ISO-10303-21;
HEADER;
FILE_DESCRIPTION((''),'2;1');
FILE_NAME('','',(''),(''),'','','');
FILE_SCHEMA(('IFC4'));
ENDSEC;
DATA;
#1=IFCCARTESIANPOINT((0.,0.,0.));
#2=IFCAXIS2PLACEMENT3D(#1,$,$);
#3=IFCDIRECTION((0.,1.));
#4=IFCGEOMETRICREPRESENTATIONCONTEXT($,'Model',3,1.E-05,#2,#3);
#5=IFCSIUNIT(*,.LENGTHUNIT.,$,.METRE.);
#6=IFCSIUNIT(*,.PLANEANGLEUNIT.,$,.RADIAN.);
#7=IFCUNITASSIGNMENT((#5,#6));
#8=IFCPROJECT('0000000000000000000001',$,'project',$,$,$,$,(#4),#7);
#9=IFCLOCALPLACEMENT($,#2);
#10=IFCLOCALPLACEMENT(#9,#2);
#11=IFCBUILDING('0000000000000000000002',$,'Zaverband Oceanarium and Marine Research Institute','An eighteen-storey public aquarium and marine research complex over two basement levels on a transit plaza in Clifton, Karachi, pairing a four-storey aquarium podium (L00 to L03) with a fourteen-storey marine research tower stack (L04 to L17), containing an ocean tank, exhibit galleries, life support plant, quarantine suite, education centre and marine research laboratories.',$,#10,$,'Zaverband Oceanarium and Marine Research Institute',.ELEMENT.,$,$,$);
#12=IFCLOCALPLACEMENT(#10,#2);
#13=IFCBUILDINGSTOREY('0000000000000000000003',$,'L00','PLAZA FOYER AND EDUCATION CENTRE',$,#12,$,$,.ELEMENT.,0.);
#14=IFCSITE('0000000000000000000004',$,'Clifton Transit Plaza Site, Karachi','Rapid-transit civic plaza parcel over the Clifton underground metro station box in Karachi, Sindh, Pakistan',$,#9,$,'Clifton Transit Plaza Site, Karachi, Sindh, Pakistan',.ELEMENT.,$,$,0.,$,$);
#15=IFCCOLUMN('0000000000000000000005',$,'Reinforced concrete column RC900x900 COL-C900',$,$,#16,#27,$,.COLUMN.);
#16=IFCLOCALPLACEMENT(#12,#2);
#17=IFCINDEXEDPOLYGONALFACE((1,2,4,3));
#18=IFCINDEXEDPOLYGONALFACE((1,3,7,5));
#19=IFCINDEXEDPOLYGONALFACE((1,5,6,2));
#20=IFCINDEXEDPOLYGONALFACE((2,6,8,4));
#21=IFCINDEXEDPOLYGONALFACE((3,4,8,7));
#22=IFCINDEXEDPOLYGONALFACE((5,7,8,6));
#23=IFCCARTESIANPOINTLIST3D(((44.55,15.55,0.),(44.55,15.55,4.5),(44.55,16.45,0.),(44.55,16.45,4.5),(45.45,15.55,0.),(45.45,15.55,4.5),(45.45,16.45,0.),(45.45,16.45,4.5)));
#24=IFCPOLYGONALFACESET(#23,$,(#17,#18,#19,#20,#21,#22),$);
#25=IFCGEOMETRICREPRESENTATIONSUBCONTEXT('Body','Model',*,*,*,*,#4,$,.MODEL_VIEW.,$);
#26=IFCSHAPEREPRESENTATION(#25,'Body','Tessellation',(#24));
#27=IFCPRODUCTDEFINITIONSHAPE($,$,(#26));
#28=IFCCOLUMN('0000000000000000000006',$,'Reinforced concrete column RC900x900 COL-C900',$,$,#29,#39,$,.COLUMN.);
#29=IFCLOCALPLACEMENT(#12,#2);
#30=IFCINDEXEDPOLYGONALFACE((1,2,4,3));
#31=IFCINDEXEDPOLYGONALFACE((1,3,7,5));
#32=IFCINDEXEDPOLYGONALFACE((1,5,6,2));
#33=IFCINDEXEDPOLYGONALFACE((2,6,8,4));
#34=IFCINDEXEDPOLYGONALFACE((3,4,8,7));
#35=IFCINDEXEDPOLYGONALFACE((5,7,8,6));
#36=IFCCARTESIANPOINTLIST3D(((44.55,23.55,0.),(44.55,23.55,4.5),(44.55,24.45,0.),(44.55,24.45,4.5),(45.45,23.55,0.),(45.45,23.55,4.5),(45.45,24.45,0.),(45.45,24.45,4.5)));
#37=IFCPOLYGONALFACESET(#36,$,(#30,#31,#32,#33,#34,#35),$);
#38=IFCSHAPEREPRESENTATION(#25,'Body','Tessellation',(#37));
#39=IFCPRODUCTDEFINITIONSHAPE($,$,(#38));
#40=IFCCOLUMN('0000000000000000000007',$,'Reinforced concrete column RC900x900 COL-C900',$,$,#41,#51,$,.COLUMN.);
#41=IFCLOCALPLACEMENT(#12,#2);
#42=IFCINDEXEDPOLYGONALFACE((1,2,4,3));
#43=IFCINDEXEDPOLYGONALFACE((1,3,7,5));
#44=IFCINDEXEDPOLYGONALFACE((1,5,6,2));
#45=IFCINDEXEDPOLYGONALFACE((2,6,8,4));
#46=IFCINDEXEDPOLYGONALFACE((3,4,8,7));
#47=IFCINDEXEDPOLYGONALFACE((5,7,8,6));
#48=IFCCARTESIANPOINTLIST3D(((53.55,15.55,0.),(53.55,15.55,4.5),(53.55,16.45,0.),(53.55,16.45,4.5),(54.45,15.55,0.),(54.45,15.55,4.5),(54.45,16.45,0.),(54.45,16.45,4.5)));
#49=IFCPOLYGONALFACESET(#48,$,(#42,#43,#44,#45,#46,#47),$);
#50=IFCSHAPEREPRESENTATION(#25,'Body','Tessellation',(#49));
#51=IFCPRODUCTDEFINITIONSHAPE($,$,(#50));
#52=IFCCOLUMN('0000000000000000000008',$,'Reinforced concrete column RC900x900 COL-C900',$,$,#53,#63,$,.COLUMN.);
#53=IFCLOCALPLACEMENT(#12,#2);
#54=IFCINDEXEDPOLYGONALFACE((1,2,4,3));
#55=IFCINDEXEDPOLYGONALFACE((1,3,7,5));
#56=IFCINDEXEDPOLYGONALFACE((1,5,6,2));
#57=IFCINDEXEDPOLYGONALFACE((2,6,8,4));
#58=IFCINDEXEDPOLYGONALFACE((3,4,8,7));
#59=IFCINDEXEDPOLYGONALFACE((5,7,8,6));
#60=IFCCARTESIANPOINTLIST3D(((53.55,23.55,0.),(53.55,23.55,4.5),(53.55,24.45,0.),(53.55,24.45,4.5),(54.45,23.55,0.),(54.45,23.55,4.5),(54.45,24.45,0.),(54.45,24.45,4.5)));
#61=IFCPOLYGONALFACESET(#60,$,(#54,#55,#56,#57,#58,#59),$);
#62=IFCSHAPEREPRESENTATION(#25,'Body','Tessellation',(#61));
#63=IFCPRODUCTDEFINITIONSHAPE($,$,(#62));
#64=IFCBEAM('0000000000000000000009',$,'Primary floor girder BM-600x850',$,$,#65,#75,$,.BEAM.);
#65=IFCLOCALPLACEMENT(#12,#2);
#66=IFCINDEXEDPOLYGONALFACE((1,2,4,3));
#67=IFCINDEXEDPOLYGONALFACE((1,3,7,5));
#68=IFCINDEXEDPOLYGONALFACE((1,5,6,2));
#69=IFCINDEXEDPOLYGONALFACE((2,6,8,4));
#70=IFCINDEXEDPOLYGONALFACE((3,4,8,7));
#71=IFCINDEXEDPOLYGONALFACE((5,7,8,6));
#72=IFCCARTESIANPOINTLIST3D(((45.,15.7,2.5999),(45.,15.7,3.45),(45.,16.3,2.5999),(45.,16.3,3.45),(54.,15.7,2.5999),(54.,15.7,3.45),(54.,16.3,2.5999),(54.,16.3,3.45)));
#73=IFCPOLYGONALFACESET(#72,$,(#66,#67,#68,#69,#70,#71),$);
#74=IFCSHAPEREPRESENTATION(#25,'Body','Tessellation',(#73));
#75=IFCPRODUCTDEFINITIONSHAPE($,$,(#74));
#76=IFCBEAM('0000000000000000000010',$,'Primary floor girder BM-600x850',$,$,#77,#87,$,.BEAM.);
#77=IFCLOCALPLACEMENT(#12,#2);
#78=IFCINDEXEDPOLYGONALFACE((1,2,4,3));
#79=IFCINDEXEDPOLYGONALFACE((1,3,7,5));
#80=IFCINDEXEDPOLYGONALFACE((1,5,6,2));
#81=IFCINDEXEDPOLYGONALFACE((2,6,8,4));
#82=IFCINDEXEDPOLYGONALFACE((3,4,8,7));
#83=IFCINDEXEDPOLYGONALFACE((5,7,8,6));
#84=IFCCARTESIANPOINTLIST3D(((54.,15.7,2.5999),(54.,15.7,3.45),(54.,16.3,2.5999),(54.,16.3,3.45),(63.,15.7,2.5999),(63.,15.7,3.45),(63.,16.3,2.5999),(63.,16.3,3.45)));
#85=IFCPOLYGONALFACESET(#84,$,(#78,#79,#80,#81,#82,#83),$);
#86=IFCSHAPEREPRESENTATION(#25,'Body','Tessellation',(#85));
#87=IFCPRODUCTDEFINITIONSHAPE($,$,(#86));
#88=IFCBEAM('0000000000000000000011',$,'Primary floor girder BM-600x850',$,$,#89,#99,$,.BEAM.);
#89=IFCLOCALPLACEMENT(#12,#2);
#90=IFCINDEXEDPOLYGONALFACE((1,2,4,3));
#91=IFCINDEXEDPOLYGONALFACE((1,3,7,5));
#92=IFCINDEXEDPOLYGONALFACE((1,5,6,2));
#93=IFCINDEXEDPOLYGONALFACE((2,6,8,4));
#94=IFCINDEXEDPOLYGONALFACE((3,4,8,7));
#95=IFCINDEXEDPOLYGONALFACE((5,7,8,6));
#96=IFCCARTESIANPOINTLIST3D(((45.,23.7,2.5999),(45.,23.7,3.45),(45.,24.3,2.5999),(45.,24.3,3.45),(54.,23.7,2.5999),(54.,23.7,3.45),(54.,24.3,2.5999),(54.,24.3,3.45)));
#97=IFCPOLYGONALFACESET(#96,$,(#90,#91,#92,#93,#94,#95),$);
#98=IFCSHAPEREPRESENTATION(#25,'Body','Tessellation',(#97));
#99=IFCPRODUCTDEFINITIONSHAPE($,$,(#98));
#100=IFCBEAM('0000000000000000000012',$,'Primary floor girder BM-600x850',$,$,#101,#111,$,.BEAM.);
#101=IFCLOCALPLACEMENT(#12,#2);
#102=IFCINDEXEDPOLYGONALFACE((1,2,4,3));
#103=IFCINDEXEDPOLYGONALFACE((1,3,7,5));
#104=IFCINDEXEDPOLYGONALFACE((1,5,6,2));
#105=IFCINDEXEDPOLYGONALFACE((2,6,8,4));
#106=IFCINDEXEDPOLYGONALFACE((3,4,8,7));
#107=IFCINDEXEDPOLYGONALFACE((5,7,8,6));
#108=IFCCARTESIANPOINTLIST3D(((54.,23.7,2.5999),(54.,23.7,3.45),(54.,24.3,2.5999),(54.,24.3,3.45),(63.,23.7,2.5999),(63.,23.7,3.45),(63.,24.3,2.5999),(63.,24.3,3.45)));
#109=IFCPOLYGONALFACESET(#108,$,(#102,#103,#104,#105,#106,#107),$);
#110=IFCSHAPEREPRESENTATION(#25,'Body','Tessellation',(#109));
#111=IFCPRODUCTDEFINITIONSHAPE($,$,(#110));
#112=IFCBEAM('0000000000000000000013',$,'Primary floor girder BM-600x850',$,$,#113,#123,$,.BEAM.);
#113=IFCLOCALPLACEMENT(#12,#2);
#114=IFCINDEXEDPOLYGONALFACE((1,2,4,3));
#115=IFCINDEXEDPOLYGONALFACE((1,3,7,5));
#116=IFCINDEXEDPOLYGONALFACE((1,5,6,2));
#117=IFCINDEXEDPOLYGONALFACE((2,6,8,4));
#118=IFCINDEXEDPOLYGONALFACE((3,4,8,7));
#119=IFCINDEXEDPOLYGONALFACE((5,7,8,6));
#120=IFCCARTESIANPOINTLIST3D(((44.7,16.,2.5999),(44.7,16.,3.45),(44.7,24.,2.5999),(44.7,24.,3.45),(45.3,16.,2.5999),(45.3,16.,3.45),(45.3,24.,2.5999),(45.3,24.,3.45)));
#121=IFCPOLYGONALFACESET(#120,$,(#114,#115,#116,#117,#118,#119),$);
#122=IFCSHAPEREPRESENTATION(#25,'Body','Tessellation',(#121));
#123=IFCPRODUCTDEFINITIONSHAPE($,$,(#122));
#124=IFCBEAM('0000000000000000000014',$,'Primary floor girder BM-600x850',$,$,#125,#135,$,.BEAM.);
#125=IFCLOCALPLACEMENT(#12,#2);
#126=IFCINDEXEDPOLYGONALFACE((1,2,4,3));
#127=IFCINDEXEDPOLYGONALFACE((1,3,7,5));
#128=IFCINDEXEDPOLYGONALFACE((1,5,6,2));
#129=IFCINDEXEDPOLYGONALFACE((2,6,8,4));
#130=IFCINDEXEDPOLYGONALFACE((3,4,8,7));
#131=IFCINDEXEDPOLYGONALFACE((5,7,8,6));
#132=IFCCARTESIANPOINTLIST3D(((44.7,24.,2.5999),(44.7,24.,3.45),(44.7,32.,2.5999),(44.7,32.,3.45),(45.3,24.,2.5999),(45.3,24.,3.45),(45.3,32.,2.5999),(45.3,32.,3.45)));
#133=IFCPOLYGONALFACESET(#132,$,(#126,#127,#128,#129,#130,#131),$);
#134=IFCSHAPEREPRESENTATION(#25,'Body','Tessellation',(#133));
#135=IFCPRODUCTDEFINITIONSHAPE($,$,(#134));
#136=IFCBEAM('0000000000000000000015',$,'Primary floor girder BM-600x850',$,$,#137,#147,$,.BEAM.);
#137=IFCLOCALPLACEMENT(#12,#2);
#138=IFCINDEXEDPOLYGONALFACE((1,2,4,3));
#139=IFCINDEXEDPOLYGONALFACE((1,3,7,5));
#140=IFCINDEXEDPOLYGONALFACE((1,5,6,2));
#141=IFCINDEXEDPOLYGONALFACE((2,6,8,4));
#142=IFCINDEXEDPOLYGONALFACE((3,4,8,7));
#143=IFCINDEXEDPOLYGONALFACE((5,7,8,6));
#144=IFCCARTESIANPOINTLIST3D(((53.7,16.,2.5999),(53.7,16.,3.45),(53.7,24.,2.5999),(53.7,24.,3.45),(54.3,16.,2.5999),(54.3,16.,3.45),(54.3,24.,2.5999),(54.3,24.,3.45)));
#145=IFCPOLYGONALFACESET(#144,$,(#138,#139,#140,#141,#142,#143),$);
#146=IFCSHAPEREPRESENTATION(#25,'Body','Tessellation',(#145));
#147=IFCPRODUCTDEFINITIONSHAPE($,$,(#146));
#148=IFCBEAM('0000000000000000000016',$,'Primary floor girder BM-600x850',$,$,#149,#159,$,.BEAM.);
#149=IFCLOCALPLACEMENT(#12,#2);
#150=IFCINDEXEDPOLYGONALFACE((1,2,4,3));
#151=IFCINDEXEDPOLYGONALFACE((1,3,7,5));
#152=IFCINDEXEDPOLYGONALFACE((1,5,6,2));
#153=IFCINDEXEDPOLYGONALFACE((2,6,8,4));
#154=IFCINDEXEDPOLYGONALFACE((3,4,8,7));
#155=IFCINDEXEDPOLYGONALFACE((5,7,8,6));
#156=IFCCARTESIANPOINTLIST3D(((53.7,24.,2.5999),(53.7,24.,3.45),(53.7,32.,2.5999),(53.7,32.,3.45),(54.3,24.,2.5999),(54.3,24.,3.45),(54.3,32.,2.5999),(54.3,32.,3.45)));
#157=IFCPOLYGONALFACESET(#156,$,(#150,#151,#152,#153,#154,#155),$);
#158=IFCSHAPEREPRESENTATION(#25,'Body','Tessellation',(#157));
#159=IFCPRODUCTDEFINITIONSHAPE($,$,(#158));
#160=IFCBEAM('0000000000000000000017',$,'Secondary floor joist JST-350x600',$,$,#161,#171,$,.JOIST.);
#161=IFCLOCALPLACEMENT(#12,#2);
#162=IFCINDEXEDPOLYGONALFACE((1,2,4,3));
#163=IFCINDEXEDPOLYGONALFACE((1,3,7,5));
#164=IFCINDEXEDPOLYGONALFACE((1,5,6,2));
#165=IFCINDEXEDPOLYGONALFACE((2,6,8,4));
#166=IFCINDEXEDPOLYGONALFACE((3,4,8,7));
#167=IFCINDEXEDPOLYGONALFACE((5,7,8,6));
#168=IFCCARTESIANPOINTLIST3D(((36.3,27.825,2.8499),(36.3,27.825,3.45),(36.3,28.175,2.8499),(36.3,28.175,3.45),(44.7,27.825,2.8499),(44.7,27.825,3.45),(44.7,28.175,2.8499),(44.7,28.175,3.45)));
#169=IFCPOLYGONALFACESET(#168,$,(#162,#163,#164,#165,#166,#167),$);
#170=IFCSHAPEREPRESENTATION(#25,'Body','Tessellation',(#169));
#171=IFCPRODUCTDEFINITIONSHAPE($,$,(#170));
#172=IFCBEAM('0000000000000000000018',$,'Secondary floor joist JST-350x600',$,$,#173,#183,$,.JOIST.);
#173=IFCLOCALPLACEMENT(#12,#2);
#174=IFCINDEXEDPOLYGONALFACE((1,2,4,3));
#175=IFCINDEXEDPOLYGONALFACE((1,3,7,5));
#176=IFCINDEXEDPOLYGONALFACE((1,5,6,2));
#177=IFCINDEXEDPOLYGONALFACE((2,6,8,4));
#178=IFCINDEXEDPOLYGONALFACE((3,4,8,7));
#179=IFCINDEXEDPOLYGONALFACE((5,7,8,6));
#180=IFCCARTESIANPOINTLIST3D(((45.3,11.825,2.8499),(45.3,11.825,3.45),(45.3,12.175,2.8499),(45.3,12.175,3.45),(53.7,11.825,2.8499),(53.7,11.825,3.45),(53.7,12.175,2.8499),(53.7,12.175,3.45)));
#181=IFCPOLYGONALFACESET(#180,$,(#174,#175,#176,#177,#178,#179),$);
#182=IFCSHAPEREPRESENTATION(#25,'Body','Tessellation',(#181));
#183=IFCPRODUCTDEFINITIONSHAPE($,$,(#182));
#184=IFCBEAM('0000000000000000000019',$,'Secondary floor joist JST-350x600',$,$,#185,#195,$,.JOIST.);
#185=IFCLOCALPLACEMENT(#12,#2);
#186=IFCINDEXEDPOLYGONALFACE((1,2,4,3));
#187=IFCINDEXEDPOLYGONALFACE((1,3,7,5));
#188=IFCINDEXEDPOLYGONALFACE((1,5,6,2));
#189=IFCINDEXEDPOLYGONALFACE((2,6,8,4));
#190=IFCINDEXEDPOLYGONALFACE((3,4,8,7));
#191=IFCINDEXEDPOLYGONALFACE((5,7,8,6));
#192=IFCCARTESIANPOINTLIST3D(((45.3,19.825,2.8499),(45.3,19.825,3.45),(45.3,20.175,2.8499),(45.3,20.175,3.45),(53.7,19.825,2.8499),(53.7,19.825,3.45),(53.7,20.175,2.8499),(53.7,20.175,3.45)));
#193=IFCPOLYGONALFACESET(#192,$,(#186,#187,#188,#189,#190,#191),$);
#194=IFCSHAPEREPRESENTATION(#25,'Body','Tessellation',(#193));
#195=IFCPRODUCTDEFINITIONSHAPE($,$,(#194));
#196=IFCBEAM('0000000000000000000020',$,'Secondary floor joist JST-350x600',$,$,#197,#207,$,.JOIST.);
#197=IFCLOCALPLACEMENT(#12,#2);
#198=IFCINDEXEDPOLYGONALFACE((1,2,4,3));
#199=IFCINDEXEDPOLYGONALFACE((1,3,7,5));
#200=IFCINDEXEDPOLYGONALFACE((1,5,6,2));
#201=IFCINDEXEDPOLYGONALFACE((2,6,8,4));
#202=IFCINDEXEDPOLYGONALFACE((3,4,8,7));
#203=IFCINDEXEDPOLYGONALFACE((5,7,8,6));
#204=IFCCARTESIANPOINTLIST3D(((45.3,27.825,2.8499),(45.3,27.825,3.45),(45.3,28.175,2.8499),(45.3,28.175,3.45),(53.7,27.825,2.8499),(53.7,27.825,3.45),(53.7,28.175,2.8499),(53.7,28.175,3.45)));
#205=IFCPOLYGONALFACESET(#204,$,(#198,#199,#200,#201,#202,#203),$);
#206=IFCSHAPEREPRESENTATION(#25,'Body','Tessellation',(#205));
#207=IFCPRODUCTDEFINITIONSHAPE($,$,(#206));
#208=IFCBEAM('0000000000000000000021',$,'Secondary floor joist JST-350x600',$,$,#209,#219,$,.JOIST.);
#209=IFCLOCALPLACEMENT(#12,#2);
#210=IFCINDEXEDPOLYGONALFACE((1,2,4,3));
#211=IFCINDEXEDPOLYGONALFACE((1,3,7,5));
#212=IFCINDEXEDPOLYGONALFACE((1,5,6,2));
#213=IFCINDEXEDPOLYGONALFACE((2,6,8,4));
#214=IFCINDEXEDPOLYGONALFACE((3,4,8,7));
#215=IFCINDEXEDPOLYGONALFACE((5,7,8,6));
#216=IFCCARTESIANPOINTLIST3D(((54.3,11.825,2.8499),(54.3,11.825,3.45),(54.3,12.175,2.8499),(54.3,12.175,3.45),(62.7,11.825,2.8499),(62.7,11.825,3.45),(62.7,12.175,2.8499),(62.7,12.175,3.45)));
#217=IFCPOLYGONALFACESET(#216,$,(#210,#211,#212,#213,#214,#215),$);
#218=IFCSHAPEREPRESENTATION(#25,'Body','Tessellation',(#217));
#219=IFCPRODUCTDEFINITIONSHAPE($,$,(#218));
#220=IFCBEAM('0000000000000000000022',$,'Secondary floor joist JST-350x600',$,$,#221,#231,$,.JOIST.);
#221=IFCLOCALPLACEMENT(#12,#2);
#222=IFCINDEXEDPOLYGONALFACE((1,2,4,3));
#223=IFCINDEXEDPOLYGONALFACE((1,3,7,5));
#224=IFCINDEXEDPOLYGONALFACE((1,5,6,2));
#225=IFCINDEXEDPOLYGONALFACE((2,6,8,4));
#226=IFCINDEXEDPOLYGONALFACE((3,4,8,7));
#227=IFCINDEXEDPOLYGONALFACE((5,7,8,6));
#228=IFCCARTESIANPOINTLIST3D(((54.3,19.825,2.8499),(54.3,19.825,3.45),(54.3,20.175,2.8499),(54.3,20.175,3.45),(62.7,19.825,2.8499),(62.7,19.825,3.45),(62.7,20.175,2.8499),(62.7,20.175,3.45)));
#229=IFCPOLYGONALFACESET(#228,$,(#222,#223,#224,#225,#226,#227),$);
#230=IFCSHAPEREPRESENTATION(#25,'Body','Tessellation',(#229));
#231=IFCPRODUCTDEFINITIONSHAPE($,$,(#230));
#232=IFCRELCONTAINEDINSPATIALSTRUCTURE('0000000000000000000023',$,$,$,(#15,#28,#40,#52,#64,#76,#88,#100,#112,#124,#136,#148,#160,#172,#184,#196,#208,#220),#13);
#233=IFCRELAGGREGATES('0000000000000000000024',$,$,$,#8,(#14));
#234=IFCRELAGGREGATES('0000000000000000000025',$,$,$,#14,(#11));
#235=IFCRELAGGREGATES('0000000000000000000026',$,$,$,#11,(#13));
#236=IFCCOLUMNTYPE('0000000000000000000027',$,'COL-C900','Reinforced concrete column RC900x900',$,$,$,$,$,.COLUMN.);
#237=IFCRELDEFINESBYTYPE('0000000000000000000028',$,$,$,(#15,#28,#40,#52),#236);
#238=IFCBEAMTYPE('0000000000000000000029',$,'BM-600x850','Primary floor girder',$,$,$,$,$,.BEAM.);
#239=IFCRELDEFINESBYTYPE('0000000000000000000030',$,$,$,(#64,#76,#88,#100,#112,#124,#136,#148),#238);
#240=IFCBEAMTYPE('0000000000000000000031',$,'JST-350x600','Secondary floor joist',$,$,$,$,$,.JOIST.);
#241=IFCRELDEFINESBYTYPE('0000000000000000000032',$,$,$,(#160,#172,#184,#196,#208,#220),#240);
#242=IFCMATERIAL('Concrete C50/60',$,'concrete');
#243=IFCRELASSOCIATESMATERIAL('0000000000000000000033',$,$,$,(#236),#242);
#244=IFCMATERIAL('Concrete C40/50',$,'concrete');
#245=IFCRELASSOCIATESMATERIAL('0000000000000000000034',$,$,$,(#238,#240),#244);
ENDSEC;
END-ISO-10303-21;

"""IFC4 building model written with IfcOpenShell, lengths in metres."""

from ifc_helpers import new_model, si_unit, direction, frame, origin, origin_2d, place, context, subcontext, project, spatial, rectangle, extrude, material, material_profile, profile_set, type_object, element, save


model = new_model("IFC4")

# Units and contexts
model_context = context("Model", 3, precision=1e-05, world=origin(), true_north=direction((0.0, 1.0)))
body_context = subcontext(model_context, "Body", "Model", "MODEL_VIEW")
ifc_project = project(units=[si_unit("LENGTHUNIT", "METRE"), si_unit("PLANEANGLEUNIT", "RADIAN")], contexts=[model_context])

# Site, building, storey
site_placement = place(None, origin())
site = spatial("IfcSite", under=ifc_project, at=site_placement, Name="Clifton Transit Plaza Site, Karachi", Description="Rapid-transit civic plaza parcel over the Clifton underground metro station box in Karachi, Sindh, Pakistan", LongName="Clifton Transit Plaza Site, Karachi, Sindh, Pakistan", CompositionType="ELEMENT", RefElevation=0.0)
building_placement = place(site_placement, origin())
building = spatial("IfcBuilding", under=site, at=building_placement, Name="Zaverband Oceanarium and Marine Research Institute", Description="An eighteen-storey public aquarium and marine research complex over two basement levels on a transit plaza in Clifton, Karachi, pairing a four-storey aquarium podium (L00 to L03) with a fourteen-storey marine research tower stack (L04 to L17), containing an ocean tank, exhibit galleries, life support plant, quarantine suite, education centre and marine research laboratories.", LongName="Zaverband Oceanarium and Marine Research Institute", CompositionType="ELEMENT")
storey_placement = place(building_placement, origin())
storey = spatial("IfcBuildingStorey", under=building, at=storey_placement, Name="L00", Description="PLAZA FOYER AND EDUCATION CENTRE", CompositionType="ELEMENT", Elevation=0.0)

# Columns
ifc_material_1 = material(Name="Concrete C50/60", Category="concrete")
ifc_material_profile_1 = material_profile(ifc_material_1, rectangle(XDim=0.8999, YDim=0.8999, at=origin_2d()), Name="RC900x900")
ifc_profile_set_1 = profile_set([ifc_material_profile_1], Name="Concrete C50/60")
column_type = type_object("IfcColumnType", Name="COL-C900", Description="Reinforced concrete column RC900x900", PredefinedType="COLUMN", material=ifc_profile_set_1)
for number, where, z_axis, x_axis, name in (
    (1, (45.0, 16.0, 0.0), (0.0, 0.0, 1.0), (1.0, 0.0, 0.0), "Reinforced concrete column RC900x900 COL-C900"),
    (2, (45.0, 24.0, 0.0), (0.0, 0.0, 1.0), (1.0, 0.0, 0.0), "Reinforced concrete column RC900x900 COL-C900"),
    (3, (54.0, 16.0, 0.0), (0.0, 0.0, 1.0), (1.0, 0.0, 0.0), "Reinforced concrete column RC900x900 COL-C900"),
    (4, (54.0, 24.0, 0.0), (0.0, 0.0, 1.0), (1.0, 0.0, 0.0), "Reinforced concrete column RC900x900 COL-C900"),
):
    element("IfcColumn", number, at=place(storey_placement, frame(where, z_axis=z_axis, x_axis=x_axis)), inside=storey, type_object=column_type, Name=name, PredefinedType="COLUMN", context=body_context, shape_type="SweptSolid", body=[
        extrude(rectangle(XDim=0.8999, YDim=0.8999, at=origin_2d()), origin(), (0.0, 0.0, 1.0), 4.5),
    ])

# Beams
ifc_material_2 = material(Name="Concrete C40/50", Category="concrete")
ifc_material_profile_2 = material_profile(ifc_material_2, rectangle(XDim=0.6001, YDim=0.8501, at=origin_2d()), Name="RC600x850")
ifc_profile_set_2 = profile_set([ifc_material_profile_2], Name="Concrete C40/50")
beam_type_1 = type_object("IfcBeamType", Name="BM-600x850", Description="Primary floor girder", PredefinedType="BEAM", material=ifc_profile_set_2)
for number, where, z_axis, x_axis, name in (
    (5, (45.0, 16.0, 3.0249), (1.0, 0.0, 0.0), (0.0, 1.0, 0.0), "Primary floor girder BM-600x850"),
    (6, (54.0, 16.0, 3.0249), (1.0, 0.0, 0.0), (0.0, 1.0, 0.0), "Primary floor girder BM-600x850"),
    (7, (45.0, 24.0, 3.0249), (1.0, 0.0, 0.0), (0.0, 1.0, 0.0), "Primary floor girder BM-600x850"),
    (8, (54.0, 24.0, 3.0249), (1.0, 0.0, 0.0), (0.0, 1.0, 0.0), "Primary floor girder BM-600x850"),
):
    element("IfcBeam", number, at=place(storey_placement, frame(where, z_axis=z_axis, x_axis=x_axis)), inside=storey, type_object=beam_type_1, Name=name, PredefinedType="BEAM", context=body_context, shape_type="SweptSolid", body=[
        extrude(rectangle(XDim=0.6001, YDim=0.8501, at=origin_2d()), origin(), (0.0, 0.0, 1.0), 9.0),
    ])
for number, where, z_axis, x_axis, name in (
    (9, (45.0, 16.0, 3.0249), (0.0, 1.0, 0.0), (-1.0, 0.0, 0.0), "Primary floor girder BM-600x850"),
    (10, (45.0, 24.0, 3.0249), (0.0, 1.0, 0.0), (-1.0, 0.0, 0.0), "Primary floor girder BM-600x850"),
    (11, (54.0, 16.0, 3.0249), (0.0, 1.0, 0.0), (-1.0, 0.0, 0.0), "Primary floor girder BM-600x850"),
    (12, (54.0, 24.0, 3.0249), (0.0, 1.0, 0.0), (-1.0, 0.0, 0.0), "Primary floor girder BM-600x850"),
):
    element("IfcBeam", number, at=place(storey_placement, frame(where, z_axis=z_axis, x_axis=x_axis)), inside=storey, type_object=beam_type_1, Name=name, PredefinedType="BEAM", context=body_context, shape_type="SweptSolid", body=[
        extrude(rectangle(XDim=0.6001, YDim=0.8501, at=origin_2d()), origin(), (0.0, 0.0, 1.0), 8.0),
    ])
ifc_material_profile_3 = material_profile(ifc_material_2, rectangle(XDim=0.3501, YDim=0.6001, at=origin_2d()), Name="RC350x600")
ifc_profile_set_3 = profile_set([ifc_material_profile_3], Name="Concrete C40/50")
beam_type_2 = type_object("IfcBeamType", Name="JST-350x600", Description="Secondary floor joist", PredefinedType="JOIST", material=ifc_profile_set_3)
for number, where, z_axis, x_axis, name in (
    (13, (36.3, 28.0, 3.1499), (1.0, 0.0, 0.0), (0.0, 1.0, 0.0), "Secondary floor joist JST-350x600"),
    (14, (45.3, 12.0, 3.1499), (1.0, 0.0, 0.0), (0.0, 1.0, 0.0), "Secondary floor joist JST-350x600"),
    (15, (45.3, 20.0, 3.1499), (1.0, 0.0, 0.0), (0.0, 1.0, 0.0), "Secondary floor joist JST-350x600"),
    (16, (45.3, 28.0, 3.1499), (1.0, 0.0, 0.0), (0.0, 1.0, 0.0), "Secondary floor joist JST-350x600"),
    (17, (54.3, 12.0, 3.1499), (1.0, 0.0, 0.0), (0.0, 1.0, 0.0), "Secondary floor joist JST-350x600"),
    (18, (54.3, 20.0, 3.1499), (1.0, 0.0, 0.0), (0.0, 1.0, 0.0), "Secondary floor joist JST-350x600"),
):
    element("IfcBeam", number, at=place(storey_placement, frame(where, z_axis=z_axis, x_axis=x_axis)), inside=storey, type_object=beam_type_2, Name=name, PredefinedType="JOIST", context=body_context, shape_type="SweptSolid", body=[
        extrude(rectangle(XDim=0.3501, YDim=0.6001, at=origin_2d()), origin(), (0.0, 0.0, 1.0), 8.3999),
    ])

save(model, "model.ifc")
